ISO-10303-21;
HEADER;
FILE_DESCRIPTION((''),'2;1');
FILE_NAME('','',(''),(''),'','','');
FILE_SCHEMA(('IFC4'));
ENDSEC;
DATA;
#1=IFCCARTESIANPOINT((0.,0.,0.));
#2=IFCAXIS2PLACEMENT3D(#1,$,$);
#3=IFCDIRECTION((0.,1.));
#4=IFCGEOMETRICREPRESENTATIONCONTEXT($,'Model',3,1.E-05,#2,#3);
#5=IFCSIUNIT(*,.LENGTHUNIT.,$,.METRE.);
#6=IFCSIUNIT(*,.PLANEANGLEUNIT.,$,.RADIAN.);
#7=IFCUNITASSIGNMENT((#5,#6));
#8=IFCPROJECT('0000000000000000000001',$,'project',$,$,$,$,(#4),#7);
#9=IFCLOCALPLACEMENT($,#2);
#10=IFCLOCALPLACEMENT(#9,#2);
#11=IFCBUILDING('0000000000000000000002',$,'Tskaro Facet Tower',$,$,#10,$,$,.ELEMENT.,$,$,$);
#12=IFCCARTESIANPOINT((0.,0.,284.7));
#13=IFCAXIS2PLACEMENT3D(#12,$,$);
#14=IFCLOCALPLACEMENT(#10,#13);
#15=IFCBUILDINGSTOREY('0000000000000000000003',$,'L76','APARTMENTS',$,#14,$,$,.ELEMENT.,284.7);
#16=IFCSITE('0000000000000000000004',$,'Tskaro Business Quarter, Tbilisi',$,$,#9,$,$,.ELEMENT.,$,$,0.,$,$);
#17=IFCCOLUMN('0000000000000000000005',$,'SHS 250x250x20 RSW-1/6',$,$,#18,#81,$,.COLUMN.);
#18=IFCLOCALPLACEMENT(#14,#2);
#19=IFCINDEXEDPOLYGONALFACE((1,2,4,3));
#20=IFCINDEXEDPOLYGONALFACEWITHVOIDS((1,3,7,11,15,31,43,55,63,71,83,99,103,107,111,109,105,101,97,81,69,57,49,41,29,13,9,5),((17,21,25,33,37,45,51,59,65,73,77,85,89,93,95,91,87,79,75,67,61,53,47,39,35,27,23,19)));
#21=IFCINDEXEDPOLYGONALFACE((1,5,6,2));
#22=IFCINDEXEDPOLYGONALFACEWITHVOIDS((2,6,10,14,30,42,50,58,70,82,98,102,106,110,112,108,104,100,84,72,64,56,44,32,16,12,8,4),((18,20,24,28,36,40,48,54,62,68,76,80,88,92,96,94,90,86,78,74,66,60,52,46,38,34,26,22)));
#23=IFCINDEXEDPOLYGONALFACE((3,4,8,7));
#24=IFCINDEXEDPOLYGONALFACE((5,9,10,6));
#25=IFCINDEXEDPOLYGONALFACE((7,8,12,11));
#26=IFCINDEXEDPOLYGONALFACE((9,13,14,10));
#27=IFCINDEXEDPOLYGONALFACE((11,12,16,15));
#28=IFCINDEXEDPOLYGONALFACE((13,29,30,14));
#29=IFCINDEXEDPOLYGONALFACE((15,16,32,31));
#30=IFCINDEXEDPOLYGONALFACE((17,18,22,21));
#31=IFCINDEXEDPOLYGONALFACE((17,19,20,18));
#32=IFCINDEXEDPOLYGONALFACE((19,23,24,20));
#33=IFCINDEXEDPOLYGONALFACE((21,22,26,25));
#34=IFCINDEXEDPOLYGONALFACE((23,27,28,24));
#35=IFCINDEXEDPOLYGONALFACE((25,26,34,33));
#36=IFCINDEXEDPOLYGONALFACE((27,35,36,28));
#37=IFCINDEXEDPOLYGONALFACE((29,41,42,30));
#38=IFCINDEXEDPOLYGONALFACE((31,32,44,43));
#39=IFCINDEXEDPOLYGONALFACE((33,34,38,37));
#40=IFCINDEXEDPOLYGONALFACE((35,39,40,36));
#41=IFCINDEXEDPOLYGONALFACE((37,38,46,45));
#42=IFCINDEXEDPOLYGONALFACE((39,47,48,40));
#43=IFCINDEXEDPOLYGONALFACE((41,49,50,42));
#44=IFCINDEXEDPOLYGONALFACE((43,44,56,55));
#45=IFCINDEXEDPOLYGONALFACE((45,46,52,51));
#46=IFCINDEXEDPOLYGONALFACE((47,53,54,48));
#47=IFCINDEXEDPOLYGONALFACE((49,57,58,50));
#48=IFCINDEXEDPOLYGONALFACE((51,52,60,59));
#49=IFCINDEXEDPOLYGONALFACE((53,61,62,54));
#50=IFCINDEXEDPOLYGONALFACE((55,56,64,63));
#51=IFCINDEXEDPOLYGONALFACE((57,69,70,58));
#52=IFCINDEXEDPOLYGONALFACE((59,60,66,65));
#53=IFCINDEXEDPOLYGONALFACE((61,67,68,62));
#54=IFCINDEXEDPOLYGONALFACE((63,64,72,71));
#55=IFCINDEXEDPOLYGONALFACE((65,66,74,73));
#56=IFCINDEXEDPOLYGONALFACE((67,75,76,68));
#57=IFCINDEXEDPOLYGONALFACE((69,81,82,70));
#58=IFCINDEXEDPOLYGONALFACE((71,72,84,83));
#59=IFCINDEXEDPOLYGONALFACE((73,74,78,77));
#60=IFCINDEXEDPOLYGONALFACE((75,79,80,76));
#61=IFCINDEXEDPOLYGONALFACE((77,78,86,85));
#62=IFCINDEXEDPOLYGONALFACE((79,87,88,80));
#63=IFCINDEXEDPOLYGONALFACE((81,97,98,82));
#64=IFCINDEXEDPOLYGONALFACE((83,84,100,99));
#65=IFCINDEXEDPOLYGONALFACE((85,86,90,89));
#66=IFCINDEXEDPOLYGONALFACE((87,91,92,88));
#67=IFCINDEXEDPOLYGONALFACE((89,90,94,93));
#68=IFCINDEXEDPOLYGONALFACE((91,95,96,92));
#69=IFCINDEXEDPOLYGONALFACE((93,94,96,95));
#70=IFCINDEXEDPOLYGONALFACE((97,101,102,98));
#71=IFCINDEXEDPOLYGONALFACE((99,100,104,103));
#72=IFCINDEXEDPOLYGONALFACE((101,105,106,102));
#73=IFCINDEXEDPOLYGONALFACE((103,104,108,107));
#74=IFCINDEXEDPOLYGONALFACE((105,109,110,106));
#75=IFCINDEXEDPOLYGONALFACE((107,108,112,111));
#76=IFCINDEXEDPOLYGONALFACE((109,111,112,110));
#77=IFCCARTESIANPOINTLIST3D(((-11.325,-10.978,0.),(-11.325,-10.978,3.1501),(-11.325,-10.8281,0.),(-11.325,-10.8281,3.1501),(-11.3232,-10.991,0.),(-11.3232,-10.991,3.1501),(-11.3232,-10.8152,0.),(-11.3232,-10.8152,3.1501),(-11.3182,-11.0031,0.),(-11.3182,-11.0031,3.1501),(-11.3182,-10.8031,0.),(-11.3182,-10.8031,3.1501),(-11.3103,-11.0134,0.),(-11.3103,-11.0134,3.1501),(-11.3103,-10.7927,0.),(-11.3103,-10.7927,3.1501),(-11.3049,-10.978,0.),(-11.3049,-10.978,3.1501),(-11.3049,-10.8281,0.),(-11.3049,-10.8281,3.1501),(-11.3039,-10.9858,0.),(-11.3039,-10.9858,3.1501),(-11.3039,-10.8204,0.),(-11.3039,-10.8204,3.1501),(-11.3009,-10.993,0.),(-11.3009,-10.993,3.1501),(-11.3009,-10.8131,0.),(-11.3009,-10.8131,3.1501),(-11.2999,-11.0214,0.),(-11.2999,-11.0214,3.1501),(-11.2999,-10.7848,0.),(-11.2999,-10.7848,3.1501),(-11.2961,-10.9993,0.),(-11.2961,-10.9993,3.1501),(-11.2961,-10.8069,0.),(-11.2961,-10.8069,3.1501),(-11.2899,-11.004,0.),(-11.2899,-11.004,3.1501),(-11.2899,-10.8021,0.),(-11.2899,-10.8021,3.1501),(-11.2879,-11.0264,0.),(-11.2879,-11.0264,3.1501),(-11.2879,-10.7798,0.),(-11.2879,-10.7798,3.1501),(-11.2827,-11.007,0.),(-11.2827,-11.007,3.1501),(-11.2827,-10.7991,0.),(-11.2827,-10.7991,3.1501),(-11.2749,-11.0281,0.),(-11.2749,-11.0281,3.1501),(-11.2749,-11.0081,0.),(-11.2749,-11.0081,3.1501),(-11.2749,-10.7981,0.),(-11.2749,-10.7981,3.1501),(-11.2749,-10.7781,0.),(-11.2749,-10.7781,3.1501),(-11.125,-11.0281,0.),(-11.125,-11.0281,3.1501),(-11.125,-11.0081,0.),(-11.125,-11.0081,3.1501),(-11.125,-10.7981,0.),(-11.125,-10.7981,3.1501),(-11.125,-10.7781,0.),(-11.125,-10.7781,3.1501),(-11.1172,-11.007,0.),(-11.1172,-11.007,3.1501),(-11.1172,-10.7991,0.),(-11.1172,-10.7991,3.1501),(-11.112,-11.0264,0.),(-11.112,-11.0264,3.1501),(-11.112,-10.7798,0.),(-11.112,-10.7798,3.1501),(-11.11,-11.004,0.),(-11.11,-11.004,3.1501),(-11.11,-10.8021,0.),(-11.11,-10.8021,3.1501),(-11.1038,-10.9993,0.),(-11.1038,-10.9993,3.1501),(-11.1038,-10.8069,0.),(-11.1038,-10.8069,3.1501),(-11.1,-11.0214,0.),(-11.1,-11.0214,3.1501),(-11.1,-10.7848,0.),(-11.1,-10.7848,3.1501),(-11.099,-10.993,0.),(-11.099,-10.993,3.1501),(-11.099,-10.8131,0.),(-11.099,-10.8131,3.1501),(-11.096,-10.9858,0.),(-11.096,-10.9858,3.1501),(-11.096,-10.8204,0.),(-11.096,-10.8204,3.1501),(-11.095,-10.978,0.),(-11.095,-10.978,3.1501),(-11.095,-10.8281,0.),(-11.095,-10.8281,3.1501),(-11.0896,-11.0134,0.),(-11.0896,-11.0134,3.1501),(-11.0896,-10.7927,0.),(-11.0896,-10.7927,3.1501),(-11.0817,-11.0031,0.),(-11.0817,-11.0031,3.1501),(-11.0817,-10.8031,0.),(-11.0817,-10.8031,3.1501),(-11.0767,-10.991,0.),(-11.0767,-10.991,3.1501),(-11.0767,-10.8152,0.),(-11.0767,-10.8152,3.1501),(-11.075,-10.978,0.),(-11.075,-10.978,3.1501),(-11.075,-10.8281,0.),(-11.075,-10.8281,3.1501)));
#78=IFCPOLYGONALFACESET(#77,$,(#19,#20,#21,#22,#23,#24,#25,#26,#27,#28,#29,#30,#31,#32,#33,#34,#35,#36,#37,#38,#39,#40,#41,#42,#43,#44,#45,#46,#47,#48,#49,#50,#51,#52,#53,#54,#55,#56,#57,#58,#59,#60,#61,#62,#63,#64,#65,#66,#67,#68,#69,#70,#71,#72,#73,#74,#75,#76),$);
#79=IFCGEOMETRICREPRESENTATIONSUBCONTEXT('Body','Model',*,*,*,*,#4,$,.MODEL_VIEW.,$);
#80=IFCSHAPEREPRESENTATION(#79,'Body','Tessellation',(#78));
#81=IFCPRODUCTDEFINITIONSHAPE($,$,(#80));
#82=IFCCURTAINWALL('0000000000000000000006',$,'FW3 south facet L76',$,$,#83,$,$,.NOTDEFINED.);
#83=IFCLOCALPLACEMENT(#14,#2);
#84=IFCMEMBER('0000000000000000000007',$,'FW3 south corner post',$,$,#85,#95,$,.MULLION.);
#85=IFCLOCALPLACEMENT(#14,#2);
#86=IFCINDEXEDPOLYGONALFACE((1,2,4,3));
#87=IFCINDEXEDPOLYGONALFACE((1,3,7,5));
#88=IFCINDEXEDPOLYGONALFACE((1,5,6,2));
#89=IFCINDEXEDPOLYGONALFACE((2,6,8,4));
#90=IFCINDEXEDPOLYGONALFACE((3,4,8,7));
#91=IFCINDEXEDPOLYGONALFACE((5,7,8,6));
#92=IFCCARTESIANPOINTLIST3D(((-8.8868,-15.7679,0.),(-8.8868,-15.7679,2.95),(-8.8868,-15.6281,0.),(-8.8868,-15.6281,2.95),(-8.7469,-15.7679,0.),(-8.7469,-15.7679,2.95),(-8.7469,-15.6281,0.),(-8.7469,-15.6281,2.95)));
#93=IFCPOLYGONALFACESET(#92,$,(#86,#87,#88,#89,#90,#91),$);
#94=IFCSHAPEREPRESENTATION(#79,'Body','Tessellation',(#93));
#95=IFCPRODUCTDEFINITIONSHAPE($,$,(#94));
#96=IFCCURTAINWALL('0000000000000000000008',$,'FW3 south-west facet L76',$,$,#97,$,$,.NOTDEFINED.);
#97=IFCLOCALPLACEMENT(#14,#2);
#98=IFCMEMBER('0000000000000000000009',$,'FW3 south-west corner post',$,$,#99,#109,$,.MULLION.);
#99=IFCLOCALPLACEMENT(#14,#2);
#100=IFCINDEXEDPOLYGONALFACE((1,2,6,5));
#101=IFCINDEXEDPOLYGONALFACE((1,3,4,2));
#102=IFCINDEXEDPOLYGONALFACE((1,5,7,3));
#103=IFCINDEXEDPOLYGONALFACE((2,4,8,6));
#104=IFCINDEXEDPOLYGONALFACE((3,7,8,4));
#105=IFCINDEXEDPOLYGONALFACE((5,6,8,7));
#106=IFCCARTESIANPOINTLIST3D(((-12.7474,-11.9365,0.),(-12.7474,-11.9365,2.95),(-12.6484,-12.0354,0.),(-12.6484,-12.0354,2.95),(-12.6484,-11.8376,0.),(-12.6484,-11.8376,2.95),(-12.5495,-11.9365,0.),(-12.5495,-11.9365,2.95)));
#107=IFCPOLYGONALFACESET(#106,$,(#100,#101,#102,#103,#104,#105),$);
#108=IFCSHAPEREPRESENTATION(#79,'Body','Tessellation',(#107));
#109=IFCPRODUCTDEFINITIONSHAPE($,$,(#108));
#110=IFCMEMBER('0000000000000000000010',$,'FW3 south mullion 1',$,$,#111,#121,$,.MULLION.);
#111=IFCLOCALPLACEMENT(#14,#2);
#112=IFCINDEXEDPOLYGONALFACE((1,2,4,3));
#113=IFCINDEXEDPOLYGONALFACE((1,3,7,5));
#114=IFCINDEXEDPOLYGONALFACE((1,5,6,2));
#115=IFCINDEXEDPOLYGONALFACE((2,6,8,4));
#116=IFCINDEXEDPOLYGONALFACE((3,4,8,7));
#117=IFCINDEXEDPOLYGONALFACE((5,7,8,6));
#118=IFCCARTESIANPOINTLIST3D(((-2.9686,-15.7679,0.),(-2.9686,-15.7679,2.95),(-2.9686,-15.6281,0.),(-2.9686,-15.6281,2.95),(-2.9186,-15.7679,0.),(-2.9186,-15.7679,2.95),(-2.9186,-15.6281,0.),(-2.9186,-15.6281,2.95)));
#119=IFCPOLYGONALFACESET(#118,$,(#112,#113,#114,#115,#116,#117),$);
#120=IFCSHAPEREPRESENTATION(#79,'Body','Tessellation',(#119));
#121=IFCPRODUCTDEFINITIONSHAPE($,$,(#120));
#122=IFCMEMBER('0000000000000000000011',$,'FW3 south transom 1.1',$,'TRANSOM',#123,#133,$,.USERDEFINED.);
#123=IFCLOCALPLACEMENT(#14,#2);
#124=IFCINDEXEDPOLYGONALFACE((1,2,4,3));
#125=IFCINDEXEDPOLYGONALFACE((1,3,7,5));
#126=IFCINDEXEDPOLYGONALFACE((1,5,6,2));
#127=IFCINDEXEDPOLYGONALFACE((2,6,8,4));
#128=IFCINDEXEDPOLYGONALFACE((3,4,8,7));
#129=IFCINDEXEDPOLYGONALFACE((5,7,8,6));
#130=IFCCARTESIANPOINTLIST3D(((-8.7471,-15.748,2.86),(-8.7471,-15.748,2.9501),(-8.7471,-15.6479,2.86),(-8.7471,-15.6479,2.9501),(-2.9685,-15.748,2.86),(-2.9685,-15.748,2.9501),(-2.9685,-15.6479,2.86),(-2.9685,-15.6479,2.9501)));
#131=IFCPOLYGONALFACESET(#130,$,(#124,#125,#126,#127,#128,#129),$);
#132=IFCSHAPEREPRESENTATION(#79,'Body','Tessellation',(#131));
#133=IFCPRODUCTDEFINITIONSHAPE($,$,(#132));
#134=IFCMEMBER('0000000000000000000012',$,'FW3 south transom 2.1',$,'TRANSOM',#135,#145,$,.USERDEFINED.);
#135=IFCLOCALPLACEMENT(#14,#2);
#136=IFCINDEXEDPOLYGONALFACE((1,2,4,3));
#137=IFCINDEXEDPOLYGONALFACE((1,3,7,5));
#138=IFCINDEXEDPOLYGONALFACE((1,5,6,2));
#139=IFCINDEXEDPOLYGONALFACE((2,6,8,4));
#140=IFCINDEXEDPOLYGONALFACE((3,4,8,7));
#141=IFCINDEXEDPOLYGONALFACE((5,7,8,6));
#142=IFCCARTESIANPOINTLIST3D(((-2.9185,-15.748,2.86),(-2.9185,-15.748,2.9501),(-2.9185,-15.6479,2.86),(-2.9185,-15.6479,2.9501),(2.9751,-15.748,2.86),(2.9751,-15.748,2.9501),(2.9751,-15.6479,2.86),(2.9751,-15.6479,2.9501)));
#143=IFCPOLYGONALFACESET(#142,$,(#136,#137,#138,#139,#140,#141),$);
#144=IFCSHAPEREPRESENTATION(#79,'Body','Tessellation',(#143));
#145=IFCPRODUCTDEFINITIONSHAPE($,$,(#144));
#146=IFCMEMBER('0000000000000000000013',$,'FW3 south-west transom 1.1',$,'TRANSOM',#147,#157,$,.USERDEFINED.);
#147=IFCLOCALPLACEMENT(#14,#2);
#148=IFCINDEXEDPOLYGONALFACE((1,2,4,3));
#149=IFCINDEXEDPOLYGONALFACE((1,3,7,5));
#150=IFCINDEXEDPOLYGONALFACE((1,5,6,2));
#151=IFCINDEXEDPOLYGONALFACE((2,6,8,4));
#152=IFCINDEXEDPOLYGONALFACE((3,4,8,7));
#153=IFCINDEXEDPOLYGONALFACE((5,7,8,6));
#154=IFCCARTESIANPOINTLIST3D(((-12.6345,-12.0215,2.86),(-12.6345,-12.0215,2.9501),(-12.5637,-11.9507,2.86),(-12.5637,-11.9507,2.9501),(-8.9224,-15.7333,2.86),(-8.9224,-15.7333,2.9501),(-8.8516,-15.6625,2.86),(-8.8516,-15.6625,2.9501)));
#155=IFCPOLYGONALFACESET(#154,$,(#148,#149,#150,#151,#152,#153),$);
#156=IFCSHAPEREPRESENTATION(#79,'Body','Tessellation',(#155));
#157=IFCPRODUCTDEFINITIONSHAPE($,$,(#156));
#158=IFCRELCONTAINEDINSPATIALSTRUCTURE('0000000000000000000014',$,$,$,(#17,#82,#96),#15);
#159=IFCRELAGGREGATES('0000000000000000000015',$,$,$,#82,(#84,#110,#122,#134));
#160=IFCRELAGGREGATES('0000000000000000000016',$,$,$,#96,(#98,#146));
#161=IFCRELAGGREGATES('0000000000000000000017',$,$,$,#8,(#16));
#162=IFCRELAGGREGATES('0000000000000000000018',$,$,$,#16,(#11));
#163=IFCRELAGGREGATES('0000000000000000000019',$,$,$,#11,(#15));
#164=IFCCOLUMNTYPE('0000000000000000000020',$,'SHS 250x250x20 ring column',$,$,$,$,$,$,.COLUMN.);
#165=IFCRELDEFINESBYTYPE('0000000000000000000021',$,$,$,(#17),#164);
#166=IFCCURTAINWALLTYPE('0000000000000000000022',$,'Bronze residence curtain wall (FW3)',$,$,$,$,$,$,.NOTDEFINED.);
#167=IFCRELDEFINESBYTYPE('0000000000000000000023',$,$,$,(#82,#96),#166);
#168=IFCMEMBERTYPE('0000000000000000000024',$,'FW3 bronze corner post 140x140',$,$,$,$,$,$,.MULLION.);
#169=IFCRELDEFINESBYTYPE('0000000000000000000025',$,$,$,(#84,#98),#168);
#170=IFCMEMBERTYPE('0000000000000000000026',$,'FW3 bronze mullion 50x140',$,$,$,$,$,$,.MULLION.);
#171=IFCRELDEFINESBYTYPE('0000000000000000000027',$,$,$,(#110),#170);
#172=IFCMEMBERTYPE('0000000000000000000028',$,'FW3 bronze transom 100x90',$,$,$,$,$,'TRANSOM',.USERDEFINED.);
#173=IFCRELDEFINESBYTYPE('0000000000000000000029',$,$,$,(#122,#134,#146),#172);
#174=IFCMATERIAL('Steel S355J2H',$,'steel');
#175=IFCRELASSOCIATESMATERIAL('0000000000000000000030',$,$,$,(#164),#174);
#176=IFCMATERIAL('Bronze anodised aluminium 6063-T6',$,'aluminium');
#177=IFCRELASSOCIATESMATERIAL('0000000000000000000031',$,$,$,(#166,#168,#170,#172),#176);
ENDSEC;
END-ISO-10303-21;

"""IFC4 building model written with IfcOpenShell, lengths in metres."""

from ifc_helpers import new_model, si_unit, direction, frame, origin, origin_2d, place, context, subcontext, project, spatial, rectangle, hollow_rectangle, extrude, material, material_profile, profile_set, type_object, element, aggregate, save


model = new_model("IFC4")

# Units and contexts
model_context = context("Model", 3, precision=1e-05, world=origin(), true_north=direction((0.0, 1.0)))
body_context = subcontext(model_context, "Body", "Model", "MODEL_VIEW")
ifc_project = project(units=[si_unit("LENGTHUNIT", "METRE"), si_unit("PLANEANGLEUNIT", "RADIAN")], contexts=[model_context])

# Site, building, storey
site_placement = place(None, origin())
site = spatial("IfcSite", under=ifc_project, at=site_placement, Name="Tskaro Business Quarter, Tbilisi", CompositionType="ELEMENT", RefElevation=0.0)
building_placement = place(site_placement, origin())
building = spatial("IfcBuilding", under=site, at=building_placement, Name="Tskaro Facet Tower", CompositionType="ELEMENT")
storey_placement = place(building_placement, frame((0.0, 0.0, 284.7)))
storey = spatial("IfcBuildingStorey", under=building, at=storey_placement, Name="L76", Description="APARTMENTS", CompositionType="ELEMENT", Elevation=284.7)

# Column
ifc_material_1 = material(Name="Steel S355J2H", Category="steel")
ifc_material_profile_1 = material_profile(ifc_material_1, hollow_rectangle(XDim=0.25, YDim=0.25, WallThickness=0.02, InnerFilletRadius=0.03, OuterFilletRadius=0.05, at=origin_2d()), Name="SHS 250x250x20")
ifc_profile_set_1 = profile_set([ifc_material_profile_1], Name="Steel S355J2H")
column_type_1 = type_object("IfcColumnType", Name="SHS 250x250x20 ring column", PredefinedType="COLUMN", material=ifc_profile_set_1)
for number, where, z_axis, x_axis, name in (
    (1, (-11.2, -10.9031, 0.0), (0.0, 0.0, 1.0), (1.0, 0.0, 0.0), "SHS 250x250x20 RSW-1/6"),
):
    element("IfcColumn", number, at=place(storey_placement, frame(where, z_axis=z_axis, x_axis=x_axis)), inside=storey, type_object=column_type_1, Name=name, PredefinedType="COLUMN", context=body_context, shape_type="SweptSolid", body=[
        extrude(hollow_rectangle(XDim=0.25, YDim=0.25, WallThickness=0.02, InnerFilletRadius=0.03, OuterFilletRadius=0.05, at=origin_2d()), origin(), (0.0, 0.0, 1.0), 3.1501),
    ])

# Curtain walls, members
ifc_material_2 = material(Name="Bronze anodised aluminium 6063-T6", Category="aluminium")
curtain_wall_type = type_object("IfcCurtainWallType", Name="Bronze residence curtain wall (FW3)", PredefinedType="NOTDEFINED", material=ifc_material_2)
curtain_wall_1_placement = place(storey_placement, origin())
curtain_wall_1 = element("IfcCurtainWall", 2, at=curtain_wall_1_placement, inside=storey, type_object=curtain_wall_type, Name="FW3 south facet L76", PredefinedType="NOTDEFINED")
ifc_material_profile_2 = material_profile(ifc_material_2, rectangle(XDim=0.1399, YDim=0.1399, at=origin_2d()), Name="Corner post 140x140")
ifc_profile_set_2 = profile_set([ifc_material_profile_2], Name="Bronze anodised aluminium 6063-T6")
member_type_1 = type_object("IfcMemberType", Name="FW3 bronze corner post 140x140", PredefinedType="MULLION", material=ifc_profile_set_2)
member_1_placement = place(storey_placement, frame((-8.8169, -15.698, 0.0), z_axis=(0.0, 0.0, 1.0), x_axis=(1.0, 0.0, 0.0)))
member_1 = element("IfcMember", 3, at=member_1_placement, type_object=member_type_1, Name="FW3 south corner post", PredefinedType="MULLION", context=body_context, shape_type="SweptSolid", body=[
    extrude(rectangle(XDim=0.1399, YDim=0.1399, at=origin_2d()), origin(), (0.0, 0.0, 1.0), 2.95),
])
curtain_wall_2_placement = place(storey_placement, origin())
curtain_wall_2 = element("IfcCurtainWall", 4, at=curtain_wall_2_placement, inside=storey, type_object=curtain_wall_type, Name="FW3 south-west facet L76", PredefinedType="NOTDEFINED")
member_2_placement = place(storey_placement, frame((-12.6484, -11.9365, 0.0), z_axis=(0.0, 0.0, 1.0), x_axis=(0.707107, -0.707107, 0.0)))
member_2 = element("IfcMember", 5, at=member_2_placement, type_object=member_type_1, Name="FW3 south-west corner post", PredefinedType="MULLION", context=body_context, shape_type="SweptSolid", body=[
    extrude(rectangle(XDim=0.1399, YDim=0.1399, at=origin_2d()), origin(), (0.0, 0.0, 1.0), 2.95),
])

# Members
ifc_material_profile_3 = material_profile(ifc_material_2, rectangle(XDim=0.05, YDim=0.1399, at=origin_2d()), Name="Mullion 50x140")
ifc_profile_set_3 = profile_set([ifc_material_profile_3], Name="Bronze anodised aluminium 6063-T6")
member_type_2 = type_object("IfcMemberType", Name="FW3 bronze mullion 50x140", PredefinedType="MULLION", material=ifc_profile_set_3)
member_3_placement = place(storey_placement, frame((-2.9436, -15.698, 0.0), z_axis=(0.0, 0.0, 1.0), x_axis=(1.0, 0.0, 0.0)))
member_3 = element("IfcMember", 6, at=member_3_placement, type_object=member_type_2, Name="FW3 south mullion 1", PredefinedType="MULLION", context=body_context, shape_type="SweptSolid", body=[
    extrude(rectangle(XDim=0.05, YDim=0.1399, at=origin_2d()), origin(), (0.0, 0.0, 1.0), 2.95),
])
ifc_material_profile_4 = material_profile(ifc_material_2, rectangle(XDim=0.1001, YDim=0.0901, at=origin_2d()), Name="Transom 100x90")
ifc_profile_set_4 = profile_set([ifc_material_profile_4], Name="Bronze anodised aluminium 6063-T6")
member_type_3 = type_object("IfcMemberType", Name="FW3 bronze transom 100x90", ElementType="TRANSOM", PredefinedType="USERDEFINED", material=ifc_profile_set_4)
member_4_placement = place(storey_placement, frame((-8.7471, -15.698, 2.905), z_axis=(1.0, 0.0, 0.0), x_axis=(0.0, 1.0, 0.0)))
member_4 = element("IfcMember", 7, at=member_4_placement, type_object=member_type_3, Name="FW3 south transom 1.1", ObjectType="TRANSOM", PredefinedType="USERDEFINED", context=body_context, shape_type="SweptSolid", body=[
    extrude(rectangle(XDim=0.1001, YDim=0.0901, at=origin_2d()), origin(), (0.0, 0.0, 1.0), 5.7786),
])
member_5_placement = place(storey_placement, frame((-2.9185, -15.698, 2.905), z_axis=(1.0, 0.0, 0.0), x_axis=(0.0, 1.0, 0.0)))
member_5 = element("IfcMember", 8, at=member_5_placement, type_object=member_type_3, Name="FW3 south transom 2.1", ObjectType="TRANSOM", PredefinedType="USERDEFINED", context=body_context, shape_type="SweptSolid", body=[
    extrude(rectangle(XDim=0.1001, YDim=0.0901, at=origin_2d()), origin(), (0.0, 0.0, 1.0), 5.8936),
])
member_6_placement = place(storey_placement, frame((-12.5991, -11.9861, 2.905), z_axis=(0.70713, -0.707084, 0.0), x_axis=(0.707084, 0.70713, 0.0)))
member_6 = element("IfcMember", 9, at=member_6_placement, type_object=member_type_3, Name="FW3 south-west transom 1.1", ObjectType="TRANSOM", PredefinedType="USERDEFINED", context=body_context, shape_type="SweptSolid", body=[
    extrude(rectangle(XDim=0.1001, YDim=0.0901, at=origin_2d()), origin(), (0.0, 0.0, 1.0), 5.2495),
])

aggregate(curtain_wall_1, [member_1, member_3, member_4, member_5])
aggregate(curtain_wall_2, [member_2, member_6])

save(model, "model.ifc")
